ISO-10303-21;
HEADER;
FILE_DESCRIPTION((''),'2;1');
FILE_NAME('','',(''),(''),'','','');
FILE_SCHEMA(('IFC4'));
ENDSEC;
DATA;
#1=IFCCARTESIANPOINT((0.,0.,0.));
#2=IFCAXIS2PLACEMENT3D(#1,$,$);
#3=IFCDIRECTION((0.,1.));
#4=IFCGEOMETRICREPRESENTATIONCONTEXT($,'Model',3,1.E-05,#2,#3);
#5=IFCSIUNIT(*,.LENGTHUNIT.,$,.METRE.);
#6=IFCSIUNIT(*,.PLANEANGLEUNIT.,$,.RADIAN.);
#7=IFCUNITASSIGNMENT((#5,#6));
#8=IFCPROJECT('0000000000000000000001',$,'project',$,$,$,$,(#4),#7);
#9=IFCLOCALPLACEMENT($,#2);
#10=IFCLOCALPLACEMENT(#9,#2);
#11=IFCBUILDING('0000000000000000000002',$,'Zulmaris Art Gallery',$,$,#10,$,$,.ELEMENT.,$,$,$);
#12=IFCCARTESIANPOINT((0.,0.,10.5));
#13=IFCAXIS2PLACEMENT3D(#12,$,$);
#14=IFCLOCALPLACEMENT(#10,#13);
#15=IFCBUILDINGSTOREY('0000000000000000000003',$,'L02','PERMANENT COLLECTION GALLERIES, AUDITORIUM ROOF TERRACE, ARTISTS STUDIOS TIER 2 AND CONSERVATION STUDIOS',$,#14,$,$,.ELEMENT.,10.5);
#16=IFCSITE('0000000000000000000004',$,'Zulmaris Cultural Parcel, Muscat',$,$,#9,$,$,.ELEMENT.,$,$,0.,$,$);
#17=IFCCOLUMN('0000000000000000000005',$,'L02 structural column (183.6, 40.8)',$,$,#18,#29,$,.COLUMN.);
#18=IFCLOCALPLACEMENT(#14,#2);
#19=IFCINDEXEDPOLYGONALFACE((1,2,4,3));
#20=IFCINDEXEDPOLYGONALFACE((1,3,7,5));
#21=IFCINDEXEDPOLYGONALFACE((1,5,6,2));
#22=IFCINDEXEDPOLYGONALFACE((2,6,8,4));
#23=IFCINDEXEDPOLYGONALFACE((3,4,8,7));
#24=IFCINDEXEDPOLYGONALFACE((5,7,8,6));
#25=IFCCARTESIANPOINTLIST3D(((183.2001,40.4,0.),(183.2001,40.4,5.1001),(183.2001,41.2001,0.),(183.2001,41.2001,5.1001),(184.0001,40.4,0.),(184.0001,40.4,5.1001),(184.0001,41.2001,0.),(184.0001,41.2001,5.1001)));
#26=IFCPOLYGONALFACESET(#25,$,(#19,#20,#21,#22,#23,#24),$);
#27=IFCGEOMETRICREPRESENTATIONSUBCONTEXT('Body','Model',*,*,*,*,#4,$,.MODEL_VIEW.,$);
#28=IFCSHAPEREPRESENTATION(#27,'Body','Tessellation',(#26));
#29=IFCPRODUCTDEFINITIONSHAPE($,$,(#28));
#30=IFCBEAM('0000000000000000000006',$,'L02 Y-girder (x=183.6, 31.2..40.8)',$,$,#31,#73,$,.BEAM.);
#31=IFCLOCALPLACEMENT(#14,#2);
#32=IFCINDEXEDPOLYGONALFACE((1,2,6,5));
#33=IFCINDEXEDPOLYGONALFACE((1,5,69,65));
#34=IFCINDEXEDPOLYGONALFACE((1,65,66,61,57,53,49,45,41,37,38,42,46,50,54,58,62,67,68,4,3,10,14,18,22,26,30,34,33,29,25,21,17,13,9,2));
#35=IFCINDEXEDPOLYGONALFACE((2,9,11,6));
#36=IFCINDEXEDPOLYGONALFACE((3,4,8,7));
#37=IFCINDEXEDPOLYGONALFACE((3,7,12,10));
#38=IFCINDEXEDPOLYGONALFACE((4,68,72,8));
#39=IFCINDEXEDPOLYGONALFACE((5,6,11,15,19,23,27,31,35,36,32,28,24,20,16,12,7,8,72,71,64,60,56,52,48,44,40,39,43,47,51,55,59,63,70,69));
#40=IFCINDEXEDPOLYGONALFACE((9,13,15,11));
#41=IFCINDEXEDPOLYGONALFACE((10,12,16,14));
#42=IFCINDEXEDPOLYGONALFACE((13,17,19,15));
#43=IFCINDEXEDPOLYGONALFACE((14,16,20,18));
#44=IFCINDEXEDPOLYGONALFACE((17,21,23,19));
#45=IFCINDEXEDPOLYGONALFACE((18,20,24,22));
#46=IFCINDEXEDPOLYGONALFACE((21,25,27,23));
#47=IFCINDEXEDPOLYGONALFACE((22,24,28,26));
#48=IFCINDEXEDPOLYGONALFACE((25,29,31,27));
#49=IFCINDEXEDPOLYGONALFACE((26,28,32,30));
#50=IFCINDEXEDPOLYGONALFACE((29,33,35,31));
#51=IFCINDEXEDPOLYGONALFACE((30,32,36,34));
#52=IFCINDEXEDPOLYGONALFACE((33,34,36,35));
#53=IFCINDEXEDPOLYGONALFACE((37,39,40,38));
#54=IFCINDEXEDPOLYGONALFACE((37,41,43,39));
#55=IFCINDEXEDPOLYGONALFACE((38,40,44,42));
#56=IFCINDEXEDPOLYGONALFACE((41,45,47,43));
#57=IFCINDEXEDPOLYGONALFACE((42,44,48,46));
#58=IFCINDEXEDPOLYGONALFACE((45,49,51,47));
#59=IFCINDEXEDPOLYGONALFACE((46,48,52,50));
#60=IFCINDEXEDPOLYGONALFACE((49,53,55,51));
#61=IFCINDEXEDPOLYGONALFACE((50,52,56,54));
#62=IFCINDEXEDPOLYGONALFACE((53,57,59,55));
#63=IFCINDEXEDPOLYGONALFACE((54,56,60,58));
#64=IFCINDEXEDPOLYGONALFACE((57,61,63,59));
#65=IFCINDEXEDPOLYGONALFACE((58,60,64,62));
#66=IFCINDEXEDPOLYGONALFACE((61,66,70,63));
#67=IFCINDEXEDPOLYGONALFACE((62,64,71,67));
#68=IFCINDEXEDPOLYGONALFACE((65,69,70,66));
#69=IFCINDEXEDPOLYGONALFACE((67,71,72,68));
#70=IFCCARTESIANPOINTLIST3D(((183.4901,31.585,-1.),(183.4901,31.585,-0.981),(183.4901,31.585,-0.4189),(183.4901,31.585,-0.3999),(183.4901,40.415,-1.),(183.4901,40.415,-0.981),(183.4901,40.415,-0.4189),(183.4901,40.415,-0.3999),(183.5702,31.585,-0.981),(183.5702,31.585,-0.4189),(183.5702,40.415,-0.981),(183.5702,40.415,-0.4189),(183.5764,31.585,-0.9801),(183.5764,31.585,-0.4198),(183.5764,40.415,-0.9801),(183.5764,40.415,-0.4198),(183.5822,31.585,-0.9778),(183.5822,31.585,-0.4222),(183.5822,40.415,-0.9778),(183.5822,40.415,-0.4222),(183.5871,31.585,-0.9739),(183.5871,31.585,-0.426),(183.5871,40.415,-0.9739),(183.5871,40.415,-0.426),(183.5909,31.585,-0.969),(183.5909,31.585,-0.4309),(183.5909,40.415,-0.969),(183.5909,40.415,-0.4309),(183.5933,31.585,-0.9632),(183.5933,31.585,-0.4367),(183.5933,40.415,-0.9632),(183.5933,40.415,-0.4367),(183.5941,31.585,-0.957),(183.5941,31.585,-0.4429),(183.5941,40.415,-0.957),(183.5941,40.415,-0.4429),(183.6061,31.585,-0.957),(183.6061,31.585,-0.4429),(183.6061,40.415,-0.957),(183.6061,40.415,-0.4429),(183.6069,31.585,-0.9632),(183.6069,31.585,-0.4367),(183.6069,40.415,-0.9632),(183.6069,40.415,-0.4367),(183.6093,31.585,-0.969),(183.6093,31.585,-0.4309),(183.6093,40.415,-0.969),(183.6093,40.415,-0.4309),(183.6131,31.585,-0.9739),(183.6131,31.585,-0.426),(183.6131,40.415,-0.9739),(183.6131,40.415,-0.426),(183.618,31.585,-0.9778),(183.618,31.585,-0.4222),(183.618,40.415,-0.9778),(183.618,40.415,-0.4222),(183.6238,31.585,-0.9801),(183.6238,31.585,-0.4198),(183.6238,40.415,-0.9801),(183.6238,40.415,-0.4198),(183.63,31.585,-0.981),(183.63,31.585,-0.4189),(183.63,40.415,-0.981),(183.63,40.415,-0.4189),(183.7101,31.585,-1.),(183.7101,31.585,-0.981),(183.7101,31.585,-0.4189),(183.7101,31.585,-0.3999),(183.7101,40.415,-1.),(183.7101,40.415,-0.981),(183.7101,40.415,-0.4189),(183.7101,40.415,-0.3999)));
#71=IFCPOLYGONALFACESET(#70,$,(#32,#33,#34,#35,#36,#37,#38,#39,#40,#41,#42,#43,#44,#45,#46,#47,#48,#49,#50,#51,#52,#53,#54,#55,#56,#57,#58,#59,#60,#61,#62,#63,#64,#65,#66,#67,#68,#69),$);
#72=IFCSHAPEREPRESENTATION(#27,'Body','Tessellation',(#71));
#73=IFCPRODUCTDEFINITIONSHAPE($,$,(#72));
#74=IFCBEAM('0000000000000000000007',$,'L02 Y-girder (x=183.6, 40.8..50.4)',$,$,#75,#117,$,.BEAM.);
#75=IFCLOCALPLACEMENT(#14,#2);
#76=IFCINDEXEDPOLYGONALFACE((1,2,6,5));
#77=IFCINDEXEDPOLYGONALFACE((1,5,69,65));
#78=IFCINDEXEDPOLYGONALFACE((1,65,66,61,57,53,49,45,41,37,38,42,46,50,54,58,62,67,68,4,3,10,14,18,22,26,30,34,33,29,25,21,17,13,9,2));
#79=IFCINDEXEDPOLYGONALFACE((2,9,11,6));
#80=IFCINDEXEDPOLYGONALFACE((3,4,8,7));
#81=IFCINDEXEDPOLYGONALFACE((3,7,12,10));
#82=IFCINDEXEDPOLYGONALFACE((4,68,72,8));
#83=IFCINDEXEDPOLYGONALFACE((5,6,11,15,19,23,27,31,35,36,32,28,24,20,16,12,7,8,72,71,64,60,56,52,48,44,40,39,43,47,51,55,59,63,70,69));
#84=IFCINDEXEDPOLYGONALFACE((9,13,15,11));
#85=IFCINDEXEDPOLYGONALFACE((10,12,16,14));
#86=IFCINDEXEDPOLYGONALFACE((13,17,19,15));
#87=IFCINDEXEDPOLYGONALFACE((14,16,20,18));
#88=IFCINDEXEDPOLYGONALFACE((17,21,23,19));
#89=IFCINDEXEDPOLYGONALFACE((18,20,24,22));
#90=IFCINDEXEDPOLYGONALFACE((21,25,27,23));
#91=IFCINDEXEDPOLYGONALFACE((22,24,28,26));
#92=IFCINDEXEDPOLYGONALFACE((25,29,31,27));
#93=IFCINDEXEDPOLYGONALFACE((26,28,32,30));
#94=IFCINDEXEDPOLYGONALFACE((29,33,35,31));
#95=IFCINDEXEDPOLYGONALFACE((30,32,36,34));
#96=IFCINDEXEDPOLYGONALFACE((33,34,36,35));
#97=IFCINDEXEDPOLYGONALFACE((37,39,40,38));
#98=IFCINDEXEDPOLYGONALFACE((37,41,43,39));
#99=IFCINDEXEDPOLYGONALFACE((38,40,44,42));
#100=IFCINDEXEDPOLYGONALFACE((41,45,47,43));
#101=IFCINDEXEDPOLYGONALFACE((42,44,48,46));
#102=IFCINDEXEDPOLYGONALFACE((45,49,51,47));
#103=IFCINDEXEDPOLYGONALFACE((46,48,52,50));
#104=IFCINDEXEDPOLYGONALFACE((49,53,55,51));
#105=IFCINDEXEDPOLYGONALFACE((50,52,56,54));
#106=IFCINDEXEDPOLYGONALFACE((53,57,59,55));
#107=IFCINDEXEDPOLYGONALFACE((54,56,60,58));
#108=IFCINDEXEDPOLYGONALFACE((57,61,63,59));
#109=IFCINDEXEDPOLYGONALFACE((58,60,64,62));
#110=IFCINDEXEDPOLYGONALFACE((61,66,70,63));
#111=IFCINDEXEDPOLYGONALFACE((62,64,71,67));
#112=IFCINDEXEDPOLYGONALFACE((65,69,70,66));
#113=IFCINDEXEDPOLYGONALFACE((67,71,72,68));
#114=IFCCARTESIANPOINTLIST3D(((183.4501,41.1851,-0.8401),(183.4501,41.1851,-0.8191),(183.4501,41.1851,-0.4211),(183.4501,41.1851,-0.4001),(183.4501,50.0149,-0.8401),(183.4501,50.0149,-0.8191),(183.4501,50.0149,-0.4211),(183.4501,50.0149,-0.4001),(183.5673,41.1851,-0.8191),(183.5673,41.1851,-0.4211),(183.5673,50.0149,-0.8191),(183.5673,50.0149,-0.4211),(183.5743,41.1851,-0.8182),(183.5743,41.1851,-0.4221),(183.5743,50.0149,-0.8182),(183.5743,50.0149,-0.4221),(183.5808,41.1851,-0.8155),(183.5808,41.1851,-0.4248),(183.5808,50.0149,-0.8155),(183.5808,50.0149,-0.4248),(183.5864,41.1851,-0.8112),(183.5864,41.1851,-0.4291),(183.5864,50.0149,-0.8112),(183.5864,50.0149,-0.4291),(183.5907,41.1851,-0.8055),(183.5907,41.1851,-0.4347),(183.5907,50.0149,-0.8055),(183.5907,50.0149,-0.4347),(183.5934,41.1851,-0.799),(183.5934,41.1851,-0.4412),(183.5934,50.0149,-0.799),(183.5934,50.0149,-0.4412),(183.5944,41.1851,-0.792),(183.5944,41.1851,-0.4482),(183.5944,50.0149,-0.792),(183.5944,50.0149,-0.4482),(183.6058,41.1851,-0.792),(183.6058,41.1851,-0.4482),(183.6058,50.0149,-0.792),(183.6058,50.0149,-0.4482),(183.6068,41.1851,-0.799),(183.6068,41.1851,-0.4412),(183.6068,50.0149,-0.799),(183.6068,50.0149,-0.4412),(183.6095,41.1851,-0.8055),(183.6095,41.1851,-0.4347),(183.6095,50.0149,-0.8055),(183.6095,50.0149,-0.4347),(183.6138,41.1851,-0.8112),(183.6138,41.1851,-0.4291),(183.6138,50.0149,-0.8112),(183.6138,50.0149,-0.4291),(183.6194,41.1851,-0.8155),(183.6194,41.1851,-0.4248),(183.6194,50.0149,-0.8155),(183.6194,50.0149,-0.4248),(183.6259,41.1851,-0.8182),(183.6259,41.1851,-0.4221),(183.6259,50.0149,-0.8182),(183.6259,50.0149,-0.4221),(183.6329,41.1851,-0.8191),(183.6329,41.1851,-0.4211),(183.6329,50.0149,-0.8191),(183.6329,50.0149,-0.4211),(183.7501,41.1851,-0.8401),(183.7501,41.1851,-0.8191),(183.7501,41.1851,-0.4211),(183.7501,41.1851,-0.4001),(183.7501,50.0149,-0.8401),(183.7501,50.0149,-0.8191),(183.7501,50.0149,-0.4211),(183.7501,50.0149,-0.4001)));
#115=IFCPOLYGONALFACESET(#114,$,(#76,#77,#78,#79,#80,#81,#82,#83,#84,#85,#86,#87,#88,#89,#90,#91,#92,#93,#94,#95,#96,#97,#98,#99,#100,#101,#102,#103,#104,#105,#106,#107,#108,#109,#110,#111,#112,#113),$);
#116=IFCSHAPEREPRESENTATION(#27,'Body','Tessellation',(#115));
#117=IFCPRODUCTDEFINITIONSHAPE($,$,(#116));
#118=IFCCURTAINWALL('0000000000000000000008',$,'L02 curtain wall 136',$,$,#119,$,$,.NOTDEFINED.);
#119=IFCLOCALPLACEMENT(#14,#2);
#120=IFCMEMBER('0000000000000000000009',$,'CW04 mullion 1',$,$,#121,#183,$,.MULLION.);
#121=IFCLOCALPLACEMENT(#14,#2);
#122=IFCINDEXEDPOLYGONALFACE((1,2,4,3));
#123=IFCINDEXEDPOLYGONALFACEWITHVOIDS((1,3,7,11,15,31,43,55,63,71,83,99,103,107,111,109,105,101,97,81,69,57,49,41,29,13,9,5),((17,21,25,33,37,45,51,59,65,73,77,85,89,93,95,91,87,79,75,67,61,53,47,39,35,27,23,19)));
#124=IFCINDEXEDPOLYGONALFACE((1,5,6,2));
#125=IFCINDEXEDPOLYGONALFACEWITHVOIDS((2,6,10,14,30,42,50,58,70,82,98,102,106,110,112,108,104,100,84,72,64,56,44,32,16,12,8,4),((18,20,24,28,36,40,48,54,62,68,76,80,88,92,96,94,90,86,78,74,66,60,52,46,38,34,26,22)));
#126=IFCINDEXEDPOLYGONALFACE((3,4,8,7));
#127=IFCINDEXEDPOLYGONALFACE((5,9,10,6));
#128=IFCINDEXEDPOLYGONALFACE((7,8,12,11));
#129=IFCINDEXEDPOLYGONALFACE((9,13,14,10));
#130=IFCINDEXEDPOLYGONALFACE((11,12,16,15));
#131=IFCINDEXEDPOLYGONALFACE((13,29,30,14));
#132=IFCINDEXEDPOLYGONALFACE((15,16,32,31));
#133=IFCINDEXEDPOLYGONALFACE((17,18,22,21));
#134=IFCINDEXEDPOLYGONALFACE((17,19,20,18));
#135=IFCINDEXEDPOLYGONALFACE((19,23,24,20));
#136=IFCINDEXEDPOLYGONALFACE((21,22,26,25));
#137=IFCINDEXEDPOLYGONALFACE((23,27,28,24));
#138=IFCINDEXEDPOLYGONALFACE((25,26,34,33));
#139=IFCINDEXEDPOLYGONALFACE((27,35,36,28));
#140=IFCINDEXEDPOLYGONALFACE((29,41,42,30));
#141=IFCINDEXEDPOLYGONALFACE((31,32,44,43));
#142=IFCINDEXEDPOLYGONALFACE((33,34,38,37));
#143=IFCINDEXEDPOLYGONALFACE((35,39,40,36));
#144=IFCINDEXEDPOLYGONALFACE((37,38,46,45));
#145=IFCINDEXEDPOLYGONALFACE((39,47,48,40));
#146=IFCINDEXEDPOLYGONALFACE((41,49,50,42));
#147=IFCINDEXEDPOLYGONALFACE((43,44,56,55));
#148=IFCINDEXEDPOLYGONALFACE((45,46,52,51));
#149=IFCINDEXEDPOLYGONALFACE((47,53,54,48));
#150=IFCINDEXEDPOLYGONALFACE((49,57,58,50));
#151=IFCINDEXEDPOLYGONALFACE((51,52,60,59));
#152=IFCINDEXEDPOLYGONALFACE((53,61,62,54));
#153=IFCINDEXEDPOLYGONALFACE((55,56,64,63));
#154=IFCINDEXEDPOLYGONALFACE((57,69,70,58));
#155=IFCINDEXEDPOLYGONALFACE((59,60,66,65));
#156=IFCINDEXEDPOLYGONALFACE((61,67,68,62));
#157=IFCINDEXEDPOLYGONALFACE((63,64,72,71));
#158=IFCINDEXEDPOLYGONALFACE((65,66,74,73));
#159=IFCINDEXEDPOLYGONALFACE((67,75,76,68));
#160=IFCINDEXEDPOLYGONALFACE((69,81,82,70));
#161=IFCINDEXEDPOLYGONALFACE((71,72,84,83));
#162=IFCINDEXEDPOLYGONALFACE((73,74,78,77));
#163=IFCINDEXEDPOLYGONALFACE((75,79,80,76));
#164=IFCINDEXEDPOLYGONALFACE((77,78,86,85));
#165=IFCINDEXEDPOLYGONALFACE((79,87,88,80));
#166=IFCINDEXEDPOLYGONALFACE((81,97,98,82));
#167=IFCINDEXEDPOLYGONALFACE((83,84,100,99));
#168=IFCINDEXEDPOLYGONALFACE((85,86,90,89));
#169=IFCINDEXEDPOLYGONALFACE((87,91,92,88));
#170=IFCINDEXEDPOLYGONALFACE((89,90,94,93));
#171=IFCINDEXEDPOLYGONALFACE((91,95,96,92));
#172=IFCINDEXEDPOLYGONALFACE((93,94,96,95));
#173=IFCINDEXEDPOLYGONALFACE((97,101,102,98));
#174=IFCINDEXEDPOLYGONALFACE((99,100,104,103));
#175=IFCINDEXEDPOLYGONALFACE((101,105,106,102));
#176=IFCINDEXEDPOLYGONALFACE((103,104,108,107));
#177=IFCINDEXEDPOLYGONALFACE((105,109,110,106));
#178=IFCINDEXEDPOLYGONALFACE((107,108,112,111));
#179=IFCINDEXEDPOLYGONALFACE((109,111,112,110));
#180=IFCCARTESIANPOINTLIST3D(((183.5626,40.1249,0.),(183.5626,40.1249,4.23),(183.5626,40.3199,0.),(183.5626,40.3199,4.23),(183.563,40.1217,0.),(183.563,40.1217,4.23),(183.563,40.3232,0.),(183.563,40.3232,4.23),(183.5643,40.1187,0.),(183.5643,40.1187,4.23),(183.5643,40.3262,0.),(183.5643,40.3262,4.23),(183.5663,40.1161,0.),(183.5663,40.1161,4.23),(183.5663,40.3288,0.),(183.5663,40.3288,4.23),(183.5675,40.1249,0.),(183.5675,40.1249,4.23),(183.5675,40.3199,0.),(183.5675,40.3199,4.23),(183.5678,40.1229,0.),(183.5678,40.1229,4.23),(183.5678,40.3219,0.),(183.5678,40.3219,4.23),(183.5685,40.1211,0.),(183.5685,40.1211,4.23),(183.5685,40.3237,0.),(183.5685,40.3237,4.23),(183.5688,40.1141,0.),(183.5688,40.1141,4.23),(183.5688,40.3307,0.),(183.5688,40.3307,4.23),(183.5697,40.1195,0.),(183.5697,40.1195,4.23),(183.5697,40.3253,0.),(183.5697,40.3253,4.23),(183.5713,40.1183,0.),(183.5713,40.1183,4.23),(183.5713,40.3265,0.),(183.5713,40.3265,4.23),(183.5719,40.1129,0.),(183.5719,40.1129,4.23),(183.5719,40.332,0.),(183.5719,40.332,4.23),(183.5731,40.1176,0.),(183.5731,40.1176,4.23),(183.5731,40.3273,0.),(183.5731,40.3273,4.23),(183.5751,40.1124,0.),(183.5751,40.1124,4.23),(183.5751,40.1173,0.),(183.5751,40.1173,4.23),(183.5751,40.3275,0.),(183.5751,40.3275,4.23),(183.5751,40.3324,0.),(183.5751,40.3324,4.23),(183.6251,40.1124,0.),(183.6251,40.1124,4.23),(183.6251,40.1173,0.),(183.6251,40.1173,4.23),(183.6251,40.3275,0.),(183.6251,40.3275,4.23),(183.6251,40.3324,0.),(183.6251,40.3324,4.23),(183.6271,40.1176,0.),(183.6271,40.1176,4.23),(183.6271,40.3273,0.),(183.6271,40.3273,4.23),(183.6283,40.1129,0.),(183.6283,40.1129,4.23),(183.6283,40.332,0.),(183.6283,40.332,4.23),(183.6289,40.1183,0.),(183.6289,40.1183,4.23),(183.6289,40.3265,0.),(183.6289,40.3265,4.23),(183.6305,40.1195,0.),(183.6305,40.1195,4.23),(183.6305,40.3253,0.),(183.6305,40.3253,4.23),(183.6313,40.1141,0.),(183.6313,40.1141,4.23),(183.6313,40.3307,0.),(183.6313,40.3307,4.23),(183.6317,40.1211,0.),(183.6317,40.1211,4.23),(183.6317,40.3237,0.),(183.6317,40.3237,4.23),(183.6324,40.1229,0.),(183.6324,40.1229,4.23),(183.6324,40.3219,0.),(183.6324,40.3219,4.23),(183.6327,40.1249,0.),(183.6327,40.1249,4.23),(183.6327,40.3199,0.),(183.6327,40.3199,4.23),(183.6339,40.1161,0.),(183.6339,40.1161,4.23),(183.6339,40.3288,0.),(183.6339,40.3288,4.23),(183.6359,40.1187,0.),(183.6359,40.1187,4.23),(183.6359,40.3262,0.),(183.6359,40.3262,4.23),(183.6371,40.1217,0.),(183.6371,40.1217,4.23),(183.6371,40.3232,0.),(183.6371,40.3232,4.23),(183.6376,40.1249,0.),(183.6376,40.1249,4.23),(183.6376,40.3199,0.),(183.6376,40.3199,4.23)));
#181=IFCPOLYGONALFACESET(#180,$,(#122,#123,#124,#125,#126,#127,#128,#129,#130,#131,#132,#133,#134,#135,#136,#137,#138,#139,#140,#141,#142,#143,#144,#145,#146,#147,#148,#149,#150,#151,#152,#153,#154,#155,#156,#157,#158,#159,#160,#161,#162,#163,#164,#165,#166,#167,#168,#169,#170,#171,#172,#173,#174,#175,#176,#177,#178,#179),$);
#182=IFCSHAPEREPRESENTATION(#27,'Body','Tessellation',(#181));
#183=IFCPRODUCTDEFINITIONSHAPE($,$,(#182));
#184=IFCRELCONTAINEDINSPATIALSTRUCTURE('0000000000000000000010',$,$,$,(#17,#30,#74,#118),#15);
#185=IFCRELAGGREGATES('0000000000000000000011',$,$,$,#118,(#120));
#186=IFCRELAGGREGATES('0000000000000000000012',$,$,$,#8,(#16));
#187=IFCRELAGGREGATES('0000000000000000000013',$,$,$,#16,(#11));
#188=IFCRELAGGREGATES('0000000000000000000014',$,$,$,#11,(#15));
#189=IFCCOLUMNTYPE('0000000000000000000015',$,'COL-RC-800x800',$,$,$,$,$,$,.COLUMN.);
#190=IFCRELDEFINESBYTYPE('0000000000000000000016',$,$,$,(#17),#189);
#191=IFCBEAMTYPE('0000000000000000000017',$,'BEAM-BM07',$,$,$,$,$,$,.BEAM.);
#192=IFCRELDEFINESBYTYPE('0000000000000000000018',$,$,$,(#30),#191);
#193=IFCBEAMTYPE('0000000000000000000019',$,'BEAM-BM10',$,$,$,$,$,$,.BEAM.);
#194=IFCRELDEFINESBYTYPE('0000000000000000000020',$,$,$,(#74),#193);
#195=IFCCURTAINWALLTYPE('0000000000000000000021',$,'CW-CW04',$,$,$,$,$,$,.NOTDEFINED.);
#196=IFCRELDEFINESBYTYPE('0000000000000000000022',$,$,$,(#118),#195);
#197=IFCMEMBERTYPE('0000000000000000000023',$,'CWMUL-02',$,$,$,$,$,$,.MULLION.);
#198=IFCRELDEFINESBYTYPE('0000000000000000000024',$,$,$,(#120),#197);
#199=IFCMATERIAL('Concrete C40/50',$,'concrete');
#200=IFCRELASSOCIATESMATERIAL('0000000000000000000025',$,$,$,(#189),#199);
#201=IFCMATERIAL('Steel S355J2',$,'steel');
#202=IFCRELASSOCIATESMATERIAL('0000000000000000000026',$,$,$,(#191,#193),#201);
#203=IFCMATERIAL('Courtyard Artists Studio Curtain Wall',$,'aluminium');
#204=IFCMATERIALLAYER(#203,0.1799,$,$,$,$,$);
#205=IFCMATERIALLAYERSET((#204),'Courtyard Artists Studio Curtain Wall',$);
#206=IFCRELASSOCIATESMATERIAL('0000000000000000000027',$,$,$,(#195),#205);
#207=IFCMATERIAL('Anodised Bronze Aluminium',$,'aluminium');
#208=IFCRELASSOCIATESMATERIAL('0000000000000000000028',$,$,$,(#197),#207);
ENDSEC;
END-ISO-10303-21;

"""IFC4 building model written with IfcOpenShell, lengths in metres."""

from ifc_helpers import new_model, si_unit, direction, frame, origin, origin_2d, place, context, subcontext, project, spatial, rectangle, hollow_rectangle, i_section, extrude, material, layer, layer_set, material_profile, profile_set, type_object, element, aggregate, save


model = new_model("IFC4")

# Units and contexts
model_context = context("Model", 3, precision=1e-05, world=origin(), true_north=direction((0.0, 1.0)))
body_context = subcontext(model_context, "Body", "Model", "MODEL_VIEW")
ifc_project = project(units=[si_unit("LENGTHUNIT", "METRE"), si_unit("PLANEANGLEUNIT", "RADIAN")], contexts=[model_context])

# Site, building, storey
site_placement = place(None, origin())
site = spatial("IfcSite", under=ifc_project, at=site_placement, Name="Zulmaris Cultural Parcel, Muscat", CompositionType="ELEMENT", RefElevation=0.0)
building_placement = place(site_placement, origin())
building = spatial("IfcBuilding", under=site, at=building_placement, Name="Zulmaris Art Gallery", CompositionType="ELEMENT")
storey_placement = place(building_placement, frame((0.0, 0.0, 10.5)))
storey = spatial("IfcBuildingStorey", under=building, at=storey_placement, Name="L02", Description="PERMANENT COLLECTION GALLERIES, AUDITORIUM ROOF TERRACE, ARTISTS STUDIOS TIER 2 AND CONSERVATION STUDIOS", CompositionType="ELEMENT", Elevation=10.5)

# Column
ifc_material_1 = material(Name="Concrete C40/50", Category="concrete")
ifc_material_profile_1 = material_profile(ifc_material_1, rectangle(XDim=0.8, YDim=0.8, at=origin_2d()), Name="RC 800x800")
ifc_profile_set_1 = profile_set([ifc_material_profile_1], Name="Concrete C40/50")
column_type = type_object("IfcColumnType", Name="COL-RC-800x800", PredefinedType="COLUMN", material=ifc_profile_set_1)
column_placement = place(storey_placement, frame((183.6001, 40.8, 0.0), z_axis=(0.0, 0.0, 1.0), x_axis=(1.0, 0.0, 0.0)))
element("IfcColumn", 1, at=column_placement, inside=storey, type_object=column_type, Name="L02 structural column (183.6, 40.8)", PredefinedType="COLUMN", context=body_context, shape_type="SweptSolid", body=[
    extrude(rectangle(XDim=0.8, YDim=0.8, at=origin_2d()), origin(), (0.0, 0.0, 1.0), 5.1001),
])

# Beams
ifc_material_2 = material(Name="Steel S355J2", Category="steel")
ifc_material_profile_2 = material_profile(ifc_material_2, i_section(OverallWidth=0.22, OverallDepth=0.6001, WebThickness=0.012, FlangeThickness=0.019, FilletRadius=0.0239, at=origin_2d()), Name="IPE 600")
ifc_profile_set_2 = profile_set([ifc_material_profile_2], Name="Steel S355J2")
beam_type_1 = type_object("IfcBeamType", Name="BEAM-BM07", PredefinedType="BEAM", material=ifc_profile_set_2)
beam_1_placement = place(storey_placement, frame((183.6001, 31.585, -0.7), z_axis=(0.0, 1.0, 0.0), x_axis=(-1.0, 0.0, 0.0)))
element("IfcBeam", 2, at=beam_1_placement, inside=storey, type_object=beam_type_1, Name="L02 Y-girder (x=183.6, 31.2..40.8)", PredefinedType="BEAM", context=body_context, shape_type="SweptSolid", body=[
    extrude(i_section(OverallWidth=0.22, OverallDepth=0.6001, WebThickness=0.012, FlangeThickness=0.019, FilletRadius=0.0239, at=origin_2d()), origin(), (0.0, 0.0, 1.0), 8.8301),
])
ifc_material_profile_3 = material_profile(ifc_material_2, i_section(OverallWidth=0.3, OverallDepth=0.4399, WebThickness=0.0115, FlangeThickness=0.021, FilletRadius=0.0271, at=origin_2d()), Name="HEA 450")
ifc_profile_set_3 = profile_set([ifc_material_profile_3], Name="Steel S355J2")
beam_type_2 = type_object("IfcBeamType", Name="BEAM-BM10", PredefinedType="BEAM", material=ifc_profile_set_3)
beam_2_placement = place(storey_placement, frame((183.6001, 41.1851, -0.6201), z_axis=(0.0, 1.0, 0.0), x_axis=(-1.0, 0.0, 0.0)))
element("IfcBeam", 3, at=beam_2_placement, inside=storey, type_object=beam_type_2, Name="L02 Y-girder (x=183.6, 40.8..50.4)", PredefinedType="BEAM", context=body_context, shape_type="SweptSolid", body=[
    extrude(i_section(OverallWidth=0.3, OverallDepth=0.4399, WebThickness=0.0115, FlangeThickness=0.021, FilletRadius=0.0271, at=origin_2d()), origin(), (0.0, 0.0, 1.0), 8.8298),
])

# Curtain wall, member
ifc_material_3 = material(Name="Courtyard Artists Studio Curtain Wall", Category="aluminium")
ifc_layer_1 = layer(ifc_material_3, 0.1799)
ifc_layer_set_1 = layer_set([ifc_layer_1], Name="Courtyard Artists Studio Curtain Wall")
curtain_wall_type = type_object("IfcCurtainWallType", Name="CW-CW04", PredefinedType="NOTDEFINED", material=ifc_layer_set_1)
curtain_wall_1_placement = place(storey_placement, origin())
curtain_wall_1 = element("IfcCurtainWall", 4, at=curtain_wall_1_placement, inside=storey, type_object=curtain_wall_type, Name="L02 curtain wall 136", PredefinedType="NOTDEFINED")
ifc_material_4 = material(Name="Anodised Bronze Aluminium", Category="aluminium")
ifc_material_profile_4 = material_profile(ifc_material_4, hollow_rectangle(XDim=0.075, YDim=0.22, WallThickness=0.0049, InnerFilletRadius=0.0076, OuterFilletRadius=0.0125, at=origin_2d()), Name="ALU 75x220x5")
ifc_profile_set_4 = profile_set([ifc_material_profile_4], Name="Anodised Bronze Aluminium")
member_type_1 = type_object("IfcMemberType", Name="CWMUL-02", PredefinedType="MULLION", material=ifc_profile_set_4)
member_1_placement = place(storey_placement, frame((183.6001, 40.2224, 0.0), z_axis=(0.0, 0.0, 1.0), x_axis=(1.0, 0.0, 0.0)))
member_1 = element("IfcMember", 5, at=member_1_placement, type_object=member_type_1, Name="CW04 mullion 1", PredefinedType="MULLION", context=body_context, shape_type="SweptSolid", body=[
    extrude(hollow_rectangle(XDim=0.075, YDim=0.22, WallThickness=0.0049, InnerFilletRadius=0.0076, OuterFilletRadius=0.0125, at=origin_2d()), origin(), (0.0, 0.0, 1.0), 4.23),
])

aggregate(curtain_wall_1, [member_1])

save(model, "model.ifc")
